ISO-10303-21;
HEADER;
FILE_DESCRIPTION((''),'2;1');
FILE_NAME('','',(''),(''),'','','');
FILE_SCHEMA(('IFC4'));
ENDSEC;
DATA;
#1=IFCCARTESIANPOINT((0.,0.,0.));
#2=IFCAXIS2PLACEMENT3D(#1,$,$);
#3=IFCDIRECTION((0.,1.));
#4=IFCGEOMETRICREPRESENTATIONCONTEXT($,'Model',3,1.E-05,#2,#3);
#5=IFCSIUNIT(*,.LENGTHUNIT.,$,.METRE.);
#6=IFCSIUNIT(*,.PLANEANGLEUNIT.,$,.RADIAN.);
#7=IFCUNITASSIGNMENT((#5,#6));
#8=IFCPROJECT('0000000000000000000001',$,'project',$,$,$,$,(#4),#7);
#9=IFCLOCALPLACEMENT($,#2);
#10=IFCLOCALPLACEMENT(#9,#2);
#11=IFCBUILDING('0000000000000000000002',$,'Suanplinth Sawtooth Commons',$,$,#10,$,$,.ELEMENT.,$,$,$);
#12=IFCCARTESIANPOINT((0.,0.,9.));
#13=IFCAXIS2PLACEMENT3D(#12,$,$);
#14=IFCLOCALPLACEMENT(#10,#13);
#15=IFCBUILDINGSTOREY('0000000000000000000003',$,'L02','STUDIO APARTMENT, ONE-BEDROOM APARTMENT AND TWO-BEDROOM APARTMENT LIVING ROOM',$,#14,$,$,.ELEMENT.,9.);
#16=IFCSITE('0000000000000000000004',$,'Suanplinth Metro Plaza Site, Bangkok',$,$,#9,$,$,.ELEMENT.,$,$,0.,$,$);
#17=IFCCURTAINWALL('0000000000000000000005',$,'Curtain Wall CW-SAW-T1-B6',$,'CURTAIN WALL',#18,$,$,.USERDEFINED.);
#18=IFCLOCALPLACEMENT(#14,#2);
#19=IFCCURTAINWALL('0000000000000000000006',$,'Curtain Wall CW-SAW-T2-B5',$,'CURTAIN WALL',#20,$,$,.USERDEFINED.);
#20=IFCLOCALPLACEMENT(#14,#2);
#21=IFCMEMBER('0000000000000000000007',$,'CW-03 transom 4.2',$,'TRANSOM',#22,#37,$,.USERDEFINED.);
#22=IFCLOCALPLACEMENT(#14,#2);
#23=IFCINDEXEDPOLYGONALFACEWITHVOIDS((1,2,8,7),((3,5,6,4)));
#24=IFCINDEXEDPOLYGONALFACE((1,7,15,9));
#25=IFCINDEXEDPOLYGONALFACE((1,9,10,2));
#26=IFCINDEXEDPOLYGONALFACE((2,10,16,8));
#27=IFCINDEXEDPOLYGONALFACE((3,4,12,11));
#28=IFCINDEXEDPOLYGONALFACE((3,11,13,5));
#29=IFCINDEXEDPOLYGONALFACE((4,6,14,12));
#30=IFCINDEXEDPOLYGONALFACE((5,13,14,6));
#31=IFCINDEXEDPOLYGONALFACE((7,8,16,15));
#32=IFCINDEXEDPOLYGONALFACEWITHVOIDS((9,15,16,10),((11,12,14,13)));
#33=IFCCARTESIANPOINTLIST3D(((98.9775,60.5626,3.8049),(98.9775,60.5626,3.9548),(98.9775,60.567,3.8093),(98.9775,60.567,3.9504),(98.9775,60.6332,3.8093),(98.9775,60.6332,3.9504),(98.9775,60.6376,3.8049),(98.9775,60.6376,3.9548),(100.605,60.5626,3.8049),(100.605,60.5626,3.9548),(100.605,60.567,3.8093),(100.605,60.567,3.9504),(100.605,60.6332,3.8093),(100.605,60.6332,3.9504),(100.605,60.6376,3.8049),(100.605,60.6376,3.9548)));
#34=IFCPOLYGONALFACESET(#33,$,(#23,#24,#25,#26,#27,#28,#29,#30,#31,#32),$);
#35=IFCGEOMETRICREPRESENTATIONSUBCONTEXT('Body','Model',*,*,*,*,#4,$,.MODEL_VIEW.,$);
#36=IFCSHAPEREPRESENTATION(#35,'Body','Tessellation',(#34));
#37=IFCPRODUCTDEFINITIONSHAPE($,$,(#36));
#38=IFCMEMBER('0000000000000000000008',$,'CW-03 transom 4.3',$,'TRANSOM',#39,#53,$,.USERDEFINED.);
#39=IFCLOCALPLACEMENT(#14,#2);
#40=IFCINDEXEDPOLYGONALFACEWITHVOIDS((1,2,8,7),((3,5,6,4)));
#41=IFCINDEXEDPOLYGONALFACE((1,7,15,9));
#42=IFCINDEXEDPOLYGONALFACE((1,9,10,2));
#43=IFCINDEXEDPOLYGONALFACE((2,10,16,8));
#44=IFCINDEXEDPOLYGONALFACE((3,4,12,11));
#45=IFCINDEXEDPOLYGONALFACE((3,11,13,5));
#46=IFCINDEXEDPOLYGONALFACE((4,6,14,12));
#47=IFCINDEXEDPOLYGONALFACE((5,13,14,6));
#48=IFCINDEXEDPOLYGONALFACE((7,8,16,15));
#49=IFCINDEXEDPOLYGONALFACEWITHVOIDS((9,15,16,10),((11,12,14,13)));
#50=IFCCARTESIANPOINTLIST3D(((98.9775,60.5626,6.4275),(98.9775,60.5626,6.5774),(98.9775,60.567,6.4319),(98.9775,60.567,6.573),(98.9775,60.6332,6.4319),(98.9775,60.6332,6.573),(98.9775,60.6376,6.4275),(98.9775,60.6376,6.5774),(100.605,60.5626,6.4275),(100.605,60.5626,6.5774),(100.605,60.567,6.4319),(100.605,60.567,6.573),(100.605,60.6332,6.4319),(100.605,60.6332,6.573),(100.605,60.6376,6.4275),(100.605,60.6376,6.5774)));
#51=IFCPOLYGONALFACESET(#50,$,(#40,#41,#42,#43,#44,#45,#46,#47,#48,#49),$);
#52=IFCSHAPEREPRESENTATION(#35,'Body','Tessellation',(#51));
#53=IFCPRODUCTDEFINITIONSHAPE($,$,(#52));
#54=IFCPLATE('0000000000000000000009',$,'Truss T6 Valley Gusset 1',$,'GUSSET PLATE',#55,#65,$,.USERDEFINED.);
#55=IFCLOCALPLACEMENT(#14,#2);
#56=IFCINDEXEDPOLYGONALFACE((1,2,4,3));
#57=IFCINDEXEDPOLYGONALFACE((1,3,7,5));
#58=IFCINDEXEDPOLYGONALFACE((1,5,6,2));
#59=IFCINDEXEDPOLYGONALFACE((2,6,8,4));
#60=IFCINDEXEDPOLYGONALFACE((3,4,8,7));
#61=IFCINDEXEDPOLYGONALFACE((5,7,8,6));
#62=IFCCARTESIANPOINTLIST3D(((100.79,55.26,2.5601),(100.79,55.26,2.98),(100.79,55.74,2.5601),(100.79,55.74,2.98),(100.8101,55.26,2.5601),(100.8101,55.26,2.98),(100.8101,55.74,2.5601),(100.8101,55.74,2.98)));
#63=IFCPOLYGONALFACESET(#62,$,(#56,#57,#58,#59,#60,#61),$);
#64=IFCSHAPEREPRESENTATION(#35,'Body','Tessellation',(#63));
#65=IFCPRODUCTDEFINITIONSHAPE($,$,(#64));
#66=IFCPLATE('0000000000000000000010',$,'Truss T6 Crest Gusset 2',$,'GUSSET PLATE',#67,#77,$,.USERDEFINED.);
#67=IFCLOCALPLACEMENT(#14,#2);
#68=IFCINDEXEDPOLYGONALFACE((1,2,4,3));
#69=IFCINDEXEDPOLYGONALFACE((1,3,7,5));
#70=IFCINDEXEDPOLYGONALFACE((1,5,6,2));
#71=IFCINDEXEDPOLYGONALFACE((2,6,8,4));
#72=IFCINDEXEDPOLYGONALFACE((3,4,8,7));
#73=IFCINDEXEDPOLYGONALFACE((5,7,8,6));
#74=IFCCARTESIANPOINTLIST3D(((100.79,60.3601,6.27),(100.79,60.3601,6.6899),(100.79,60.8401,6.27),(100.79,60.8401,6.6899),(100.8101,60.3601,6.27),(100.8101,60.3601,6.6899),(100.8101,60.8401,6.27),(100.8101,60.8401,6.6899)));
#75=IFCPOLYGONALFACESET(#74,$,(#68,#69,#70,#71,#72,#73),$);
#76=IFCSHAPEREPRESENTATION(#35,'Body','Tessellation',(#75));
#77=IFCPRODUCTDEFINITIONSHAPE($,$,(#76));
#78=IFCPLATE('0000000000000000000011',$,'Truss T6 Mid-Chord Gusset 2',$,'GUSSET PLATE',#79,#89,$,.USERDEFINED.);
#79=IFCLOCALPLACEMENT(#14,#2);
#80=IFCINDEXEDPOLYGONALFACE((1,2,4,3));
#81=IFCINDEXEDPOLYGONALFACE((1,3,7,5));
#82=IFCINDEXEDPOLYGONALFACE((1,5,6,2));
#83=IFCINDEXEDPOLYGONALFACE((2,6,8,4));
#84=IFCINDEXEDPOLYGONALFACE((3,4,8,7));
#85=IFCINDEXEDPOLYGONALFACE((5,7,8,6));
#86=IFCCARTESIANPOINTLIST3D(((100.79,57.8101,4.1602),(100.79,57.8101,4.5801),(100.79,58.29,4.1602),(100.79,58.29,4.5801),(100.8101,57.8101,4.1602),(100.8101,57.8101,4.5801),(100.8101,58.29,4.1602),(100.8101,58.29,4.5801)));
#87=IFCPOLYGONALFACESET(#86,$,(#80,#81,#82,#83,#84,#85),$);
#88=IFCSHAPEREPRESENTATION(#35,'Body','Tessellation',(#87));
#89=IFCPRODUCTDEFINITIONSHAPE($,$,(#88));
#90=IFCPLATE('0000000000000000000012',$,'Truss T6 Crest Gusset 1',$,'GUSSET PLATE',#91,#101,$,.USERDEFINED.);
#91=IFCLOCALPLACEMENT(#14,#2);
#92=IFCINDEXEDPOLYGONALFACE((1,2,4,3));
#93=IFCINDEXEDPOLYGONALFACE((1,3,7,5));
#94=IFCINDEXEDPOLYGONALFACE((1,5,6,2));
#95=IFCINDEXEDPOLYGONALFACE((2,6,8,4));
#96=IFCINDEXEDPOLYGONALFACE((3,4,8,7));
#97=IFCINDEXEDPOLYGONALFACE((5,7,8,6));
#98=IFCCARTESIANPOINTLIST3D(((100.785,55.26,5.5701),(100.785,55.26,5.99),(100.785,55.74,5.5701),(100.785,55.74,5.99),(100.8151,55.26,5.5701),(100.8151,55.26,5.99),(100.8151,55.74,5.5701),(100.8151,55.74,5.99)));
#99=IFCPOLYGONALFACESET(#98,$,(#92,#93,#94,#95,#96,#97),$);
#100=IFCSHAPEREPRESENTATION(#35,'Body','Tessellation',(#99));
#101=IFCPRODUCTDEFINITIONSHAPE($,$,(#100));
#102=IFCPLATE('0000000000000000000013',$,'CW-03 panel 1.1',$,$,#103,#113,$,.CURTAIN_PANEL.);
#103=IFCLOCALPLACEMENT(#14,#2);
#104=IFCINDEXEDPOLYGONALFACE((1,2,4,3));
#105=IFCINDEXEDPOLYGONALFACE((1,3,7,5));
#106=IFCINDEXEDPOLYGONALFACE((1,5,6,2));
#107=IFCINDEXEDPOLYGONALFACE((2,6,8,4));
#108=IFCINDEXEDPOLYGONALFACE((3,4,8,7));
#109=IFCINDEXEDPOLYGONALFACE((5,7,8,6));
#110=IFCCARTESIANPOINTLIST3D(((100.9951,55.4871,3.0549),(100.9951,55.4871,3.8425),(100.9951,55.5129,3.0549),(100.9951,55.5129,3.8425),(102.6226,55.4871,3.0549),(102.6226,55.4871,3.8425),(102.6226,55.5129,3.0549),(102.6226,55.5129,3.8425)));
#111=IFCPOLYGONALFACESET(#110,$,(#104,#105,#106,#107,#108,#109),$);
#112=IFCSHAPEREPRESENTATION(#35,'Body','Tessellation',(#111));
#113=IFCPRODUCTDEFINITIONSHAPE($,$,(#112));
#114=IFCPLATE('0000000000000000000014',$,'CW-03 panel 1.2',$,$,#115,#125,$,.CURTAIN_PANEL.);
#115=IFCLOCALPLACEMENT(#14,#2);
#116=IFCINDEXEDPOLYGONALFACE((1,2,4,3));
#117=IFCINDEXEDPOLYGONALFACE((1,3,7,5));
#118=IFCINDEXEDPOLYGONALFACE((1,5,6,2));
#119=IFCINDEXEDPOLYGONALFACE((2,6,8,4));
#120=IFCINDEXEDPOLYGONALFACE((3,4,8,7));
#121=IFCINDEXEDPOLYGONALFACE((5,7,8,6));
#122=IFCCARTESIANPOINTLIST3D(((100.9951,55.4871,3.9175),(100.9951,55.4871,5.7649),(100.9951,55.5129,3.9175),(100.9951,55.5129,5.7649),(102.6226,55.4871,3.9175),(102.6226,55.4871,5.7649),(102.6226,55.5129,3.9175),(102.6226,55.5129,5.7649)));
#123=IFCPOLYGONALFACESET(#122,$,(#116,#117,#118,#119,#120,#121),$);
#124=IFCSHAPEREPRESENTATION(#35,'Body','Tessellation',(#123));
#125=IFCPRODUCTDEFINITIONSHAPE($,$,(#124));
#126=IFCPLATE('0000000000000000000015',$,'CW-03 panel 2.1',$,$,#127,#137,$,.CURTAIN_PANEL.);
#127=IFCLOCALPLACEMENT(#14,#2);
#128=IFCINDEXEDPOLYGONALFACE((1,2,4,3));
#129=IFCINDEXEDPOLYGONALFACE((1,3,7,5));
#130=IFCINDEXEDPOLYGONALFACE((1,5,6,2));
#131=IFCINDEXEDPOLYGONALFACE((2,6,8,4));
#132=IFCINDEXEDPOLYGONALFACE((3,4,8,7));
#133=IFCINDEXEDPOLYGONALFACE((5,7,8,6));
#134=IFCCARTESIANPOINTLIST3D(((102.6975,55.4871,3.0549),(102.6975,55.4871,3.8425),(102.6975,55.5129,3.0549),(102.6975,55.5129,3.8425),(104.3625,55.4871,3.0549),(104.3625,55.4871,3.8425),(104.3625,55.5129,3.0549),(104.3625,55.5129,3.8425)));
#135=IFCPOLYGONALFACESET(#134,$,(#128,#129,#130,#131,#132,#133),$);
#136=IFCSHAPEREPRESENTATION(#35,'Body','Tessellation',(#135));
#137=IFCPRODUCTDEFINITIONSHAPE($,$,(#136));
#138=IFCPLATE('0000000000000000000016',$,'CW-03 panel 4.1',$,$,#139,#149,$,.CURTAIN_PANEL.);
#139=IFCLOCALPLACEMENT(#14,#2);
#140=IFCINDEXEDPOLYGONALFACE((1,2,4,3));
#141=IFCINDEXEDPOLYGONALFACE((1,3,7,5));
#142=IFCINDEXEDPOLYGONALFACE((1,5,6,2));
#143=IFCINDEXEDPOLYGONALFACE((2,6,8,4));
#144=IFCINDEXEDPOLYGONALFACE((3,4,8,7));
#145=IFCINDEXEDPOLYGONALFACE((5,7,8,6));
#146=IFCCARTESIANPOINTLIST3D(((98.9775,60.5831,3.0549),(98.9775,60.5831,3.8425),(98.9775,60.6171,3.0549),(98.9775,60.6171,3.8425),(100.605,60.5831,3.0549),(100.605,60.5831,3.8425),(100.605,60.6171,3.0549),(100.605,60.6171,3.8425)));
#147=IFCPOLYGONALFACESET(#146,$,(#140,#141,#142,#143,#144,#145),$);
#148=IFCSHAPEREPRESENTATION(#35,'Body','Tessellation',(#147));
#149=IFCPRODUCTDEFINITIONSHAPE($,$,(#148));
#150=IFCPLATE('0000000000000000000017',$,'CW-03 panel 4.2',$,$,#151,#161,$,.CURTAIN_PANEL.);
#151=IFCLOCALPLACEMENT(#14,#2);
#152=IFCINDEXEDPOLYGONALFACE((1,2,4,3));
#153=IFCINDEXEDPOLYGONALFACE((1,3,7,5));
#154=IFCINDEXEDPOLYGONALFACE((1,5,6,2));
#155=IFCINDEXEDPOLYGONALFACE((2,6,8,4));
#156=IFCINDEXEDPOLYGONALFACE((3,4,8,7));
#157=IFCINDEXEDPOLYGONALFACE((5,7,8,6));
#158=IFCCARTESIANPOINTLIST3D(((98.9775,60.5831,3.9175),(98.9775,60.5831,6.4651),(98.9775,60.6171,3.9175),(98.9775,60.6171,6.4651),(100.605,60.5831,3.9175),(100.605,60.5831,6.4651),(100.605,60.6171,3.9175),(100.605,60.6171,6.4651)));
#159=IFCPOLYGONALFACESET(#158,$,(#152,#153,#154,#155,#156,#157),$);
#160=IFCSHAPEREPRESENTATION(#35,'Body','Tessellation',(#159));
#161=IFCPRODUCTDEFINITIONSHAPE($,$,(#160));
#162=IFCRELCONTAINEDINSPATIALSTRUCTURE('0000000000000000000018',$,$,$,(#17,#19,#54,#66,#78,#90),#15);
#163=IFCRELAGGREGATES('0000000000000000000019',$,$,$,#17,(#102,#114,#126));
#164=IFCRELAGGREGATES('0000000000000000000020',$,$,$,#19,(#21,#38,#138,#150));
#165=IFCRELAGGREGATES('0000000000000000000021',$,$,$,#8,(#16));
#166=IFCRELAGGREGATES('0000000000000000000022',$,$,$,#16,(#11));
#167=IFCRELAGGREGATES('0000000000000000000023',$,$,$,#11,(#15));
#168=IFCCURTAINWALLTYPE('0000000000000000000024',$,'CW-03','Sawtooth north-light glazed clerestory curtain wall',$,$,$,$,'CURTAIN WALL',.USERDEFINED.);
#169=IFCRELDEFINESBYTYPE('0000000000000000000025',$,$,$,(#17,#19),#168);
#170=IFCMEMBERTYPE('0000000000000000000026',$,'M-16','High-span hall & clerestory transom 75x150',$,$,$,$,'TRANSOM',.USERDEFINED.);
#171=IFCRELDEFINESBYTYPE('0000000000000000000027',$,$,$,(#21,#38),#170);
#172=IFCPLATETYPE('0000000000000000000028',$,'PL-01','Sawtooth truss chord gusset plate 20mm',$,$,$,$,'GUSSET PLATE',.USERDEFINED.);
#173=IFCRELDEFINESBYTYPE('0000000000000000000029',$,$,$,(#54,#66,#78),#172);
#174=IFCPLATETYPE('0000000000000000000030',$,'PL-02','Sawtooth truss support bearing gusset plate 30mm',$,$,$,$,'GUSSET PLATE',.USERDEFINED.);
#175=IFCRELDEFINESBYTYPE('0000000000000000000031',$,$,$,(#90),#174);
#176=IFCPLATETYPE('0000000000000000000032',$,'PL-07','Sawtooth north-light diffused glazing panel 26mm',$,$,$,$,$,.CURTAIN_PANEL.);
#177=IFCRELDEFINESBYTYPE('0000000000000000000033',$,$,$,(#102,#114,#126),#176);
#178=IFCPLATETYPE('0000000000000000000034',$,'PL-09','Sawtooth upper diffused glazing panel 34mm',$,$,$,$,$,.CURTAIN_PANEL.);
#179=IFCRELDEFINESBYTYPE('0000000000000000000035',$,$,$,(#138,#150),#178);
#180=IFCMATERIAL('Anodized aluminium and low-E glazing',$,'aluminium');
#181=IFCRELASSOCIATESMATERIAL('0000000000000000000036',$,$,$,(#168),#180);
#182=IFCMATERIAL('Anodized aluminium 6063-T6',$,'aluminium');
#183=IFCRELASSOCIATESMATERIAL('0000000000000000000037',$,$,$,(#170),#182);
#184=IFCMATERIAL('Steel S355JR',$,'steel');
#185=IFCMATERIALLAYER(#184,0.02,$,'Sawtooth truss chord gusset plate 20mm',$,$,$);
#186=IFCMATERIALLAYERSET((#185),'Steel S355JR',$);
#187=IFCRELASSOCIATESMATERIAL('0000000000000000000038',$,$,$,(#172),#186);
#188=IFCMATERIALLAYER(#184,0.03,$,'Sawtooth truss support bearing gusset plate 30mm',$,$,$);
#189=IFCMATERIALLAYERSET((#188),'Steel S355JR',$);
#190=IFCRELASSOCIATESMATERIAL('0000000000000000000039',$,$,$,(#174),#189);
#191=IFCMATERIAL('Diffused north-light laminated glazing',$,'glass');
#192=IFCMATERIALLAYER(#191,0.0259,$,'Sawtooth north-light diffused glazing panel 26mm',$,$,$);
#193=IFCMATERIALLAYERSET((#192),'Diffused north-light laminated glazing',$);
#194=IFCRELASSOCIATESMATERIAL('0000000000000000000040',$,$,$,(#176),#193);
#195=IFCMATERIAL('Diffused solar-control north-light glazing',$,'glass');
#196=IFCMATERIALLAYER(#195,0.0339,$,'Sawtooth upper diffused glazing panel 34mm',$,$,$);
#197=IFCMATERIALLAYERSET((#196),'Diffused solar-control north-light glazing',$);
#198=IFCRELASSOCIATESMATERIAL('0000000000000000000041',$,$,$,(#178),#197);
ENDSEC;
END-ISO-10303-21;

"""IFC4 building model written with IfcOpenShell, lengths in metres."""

from ifc_helpers import new_model, si_unit, direction, frame, origin, origin_2d, place, context, subcontext, project, spatial, rectangle, hollow_rectangle, extrude, material, layer, layer_set, material_profile, profile_set, type_object, element, aggregate, save


model = new_model("IFC4")

# Units and contexts
model_context = context("Model", 3, precision=1e-05, world=origin(), true_north=direction((0.0, 1.0)))
body_context = subcontext(model_context, "Body", "Model", "MODEL_VIEW")
ifc_project = project(units=[si_unit("LENGTHUNIT", "METRE"), si_unit("PLANEANGLEUNIT", "RADIAN")], contexts=[model_context])

# Site, building, storey
site_placement = place(None, origin())
site = spatial("IfcSite", under=ifc_project, at=site_placement, Name="Suanplinth Metro Plaza Site, Bangkok", CompositionType="ELEMENT", RefElevation=0.0)
building_placement = place(site_placement, origin())
building = spatial("IfcBuilding", under=site, at=building_placement, Name="Suanplinth Sawtooth Commons", CompositionType="ELEMENT")
storey_placement = place(building_placement, frame((0.0, 0.0, 9.0)))
storey = spatial("IfcBuildingStorey", under=building, at=storey_placement, Name="L02", Description="STUDIO APARTMENT, ONE-BEDROOM APARTMENT AND TWO-BEDROOM APARTMENT LIVING ROOM", CompositionType="ELEMENT", Elevation=9.0)

# Shared definitions
ifc_material_1 = material(Name="Steel S355JR", Category="steel")

# Shared definitions
ifc_material_2 = material(Name="Anodized aluminium and low-E glazing", Category="aluminium")
curtain_wall_type = type_object("IfcCurtainWallType", Name="CW-03", Description="Sawtooth north-light glazed clerestory curtain wall", ElementType="CURTAIN WALL", PredefinedType="USERDEFINED", material=ifc_material_2)
ifc_material_3 = material(Name="Anodized aluminium 6063-T6", Category="aluminium")

# Curtain wall
curtain_wall_1_placement = place(storey_placement, origin())
curtain_wall_1 = element("IfcCurtainWall", 1, at=curtain_wall_1_placement, inside=storey, type_object=curtain_wall_type, Name="Curtain Wall CW-SAW-T1-B6", ObjectType="CURTAIN WALL", PredefinedType="USERDEFINED")

# Curtain wall
curtain_wall_2_placement = place(storey_placement, origin())
curtain_wall_2 = element("IfcCurtainWall", 2, at=curtain_wall_2_placement, inside=storey, type_object=curtain_wall_type, Name="Curtain Wall CW-SAW-T2-B5", ObjectType="CURTAIN WALL", PredefinedType="USERDEFINED")

# Members
ifc_material_profile_1 = material_profile(ifc_material_3, hollow_rectangle(XDim=0.075, YDim=0.1499, WallThickness=0.0044, at=origin_2d()), Name="ALU-TRN 75x150")
ifc_profile_set_1 = profile_set([ifc_material_profile_1], Name="Anodized aluminium 6063-T6")
member_type_1 = type_object("IfcMemberType", Name="M-16", Description="High-span hall & clerestory transom 75x150", ElementType="TRANSOM", PredefinedType="USERDEFINED", material=ifc_profile_set_1)
member_1_placement = place(storey_placement, frame((98.9775, 60.6001, 3.8799), z_axis=(1.0, 0.0, 0.0), x_axis=(0.0, 1.0, 0.0)))
member_1 = element("IfcMember", 3, at=member_1_placement, type_object=member_type_1, Name="CW-03 transom 4.2", ObjectType="TRANSOM", PredefinedType="USERDEFINED", context=body_context, shape_type="SweptSolid", body=[
    extrude(hollow_rectangle(XDim=0.075, YDim=0.1499, WallThickness=0.0044, at=origin_2d()), origin(), (0.0, 0.0, 1.0), 1.6274),
])
member_2_placement = place(storey_placement, frame((98.9775, 60.6001, 6.5024), z_axis=(1.0, 0.0, 0.0), x_axis=(0.0, 1.0, 0.0)))
member_2 = element("IfcMember", 4, at=member_2_placement, type_object=member_type_1, Name="CW-03 transom 4.3", ObjectType="TRANSOM", PredefinedType="USERDEFINED", context=body_context, shape_type="SweptSolid", body=[
    extrude(hollow_rectangle(XDim=0.075, YDim=0.1499, WallThickness=0.0044, at=origin_2d()), origin(), (0.0, 0.0, 1.0), 1.6274),
])

# Plates
ifc_layer_1 = layer(ifc_material_1, 0.02, Name="Sawtooth truss chord gusset plate 20mm")
ifc_layer_set_1 = layer_set([ifc_layer_1], Name="Steel S355JR")
plate_type_1 = type_object("IfcPlateType", Name="PL-01", Description="Sawtooth truss chord gusset plate 20mm", ElementType="GUSSET PLATE", PredefinedType="USERDEFINED", material=ifc_layer_set_1)
for number, where, z_axis, x_axis, name in (
    (5, (100.8, 55.5, 2.5601), (0.0, 0.0, 1.0), (1.0, 0.0, 0.0), "Truss T6 Valley Gusset 1"),
    (6, (100.8, 60.6001, 6.27), (0.0, 0.0, 1.0), (1.0, 0.0, 0.0), "Truss T6 Crest Gusset 2"),
    (7, (100.8, 58.05, 4.1602), (0.0, 0.0, 1.0), (1.0, 0.0, 0.0), "Truss T6 Mid-Chord Gusset 2"),
):
    element("IfcPlate", number, at=place(storey_placement, frame(where, z_axis=z_axis, x_axis=x_axis)), inside=storey, type_object=plate_type_1, Name=name, ObjectType="GUSSET PLATE", PredefinedType="USERDEFINED", context=body_context, shape_type="SweptSolid", body=[
        extrude(rectangle(XDim=0.02, YDim=0.48, at=origin_2d()), origin(), (0.0, 0.0, 1.0), 0.4199),
    ])
ifc_layer_2 = layer(ifc_material_1, 0.03, Name="Sawtooth truss support bearing gusset plate 30mm")
ifc_layer_set_2 = layer_set([ifc_layer_2], Name="Steel S355JR")
plate_type_2 = type_object("IfcPlateType", Name="PL-02", Description="Sawtooth truss support bearing gusset plate 30mm", ElementType="GUSSET PLATE", PredefinedType="USERDEFINED", material=ifc_layer_set_2)
plate_1_placement = place(storey_placement, frame((100.8, 55.5, 5.5701), z_axis=(0.0, 0.0, 1.0), x_axis=(1.0, 0.0, 0.0)))
element("IfcPlate", 8, at=plate_1_placement, inside=storey, type_object=plate_type_2, Name="Truss T6 Crest Gusset 1", ObjectType="GUSSET PLATE", PredefinedType="USERDEFINED", context=body_context, shape_type="SweptSolid", body=[
    extrude(rectangle(XDim=0.03, YDim=0.48, at=origin_2d()), origin(), (0.0, 0.0, 1.0), 0.4199),
])

# Plates
ifc_material_4 = material(Name="Diffused north-light laminated glazing", Category="glass")
ifc_layer_3 = layer(ifc_material_4, 0.0259, Name="Sawtooth north-light diffused glazing panel 26mm")
ifc_layer_set_3 = layer_set([ifc_layer_3], Name="Diffused north-light laminated glazing")
plate_type_3 = type_object("IfcPlateType", Name="PL-07", Description="Sawtooth north-light diffused glazing panel 26mm", PredefinedType="CURTAIN_PANEL", material=ifc_layer_set_3)
plate_2_placement = place(storey_placement, frame((101.8088, 55.5, 3.0549), z_axis=(0.0, 0.0, 1.0), x_axis=(1.0, 0.0, 0.0)))
plate_2 = element("IfcPlate", 9, at=plate_2_placement, type_object=plate_type_3, Name="CW-03 panel 1.1", PredefinedType="CURTAIN_PANEL", context=body_context, shape_type="SweptSolid", body=[
    extrude(rectangle(XDim=1.6274, YDim=0.0259, at=origin_2d()), origin(), (0.0, 0.0, 1.0), 0.7876),
])
plate_3_placement = place(storey_placement, frame((101.8088, 55.5, 3.9175), z_axis=(0.0, 0.0, 1.0), x_axis=(1.0, 0.0, 0.0)))
plate_3 = element("IfcPlate", 10, at=plate_3_placement, type_object=plate_type_3, Name="CW-03 panel 1.2", PredefinedType="CURTAIN_PANEL", context=body_context, shape_type="SweptSolid", body=[
    extrude(rectangle(XDim=1.6274, YDim=0.0259, at=origin_2d()), origin(), (0.0, 0.0, 1.0), 1.8474),
])
plate_4_placement = place(storey_placement, frame((103.53, 55.5, 3.0549), z_axis=(0.0, 0.0, 1.0), x_axis=(1.0, 0.0, 0.0)))
plate_4 = element("IfcPlate", 11, at=plate_4_placement, type_object=plate_type_3, Name="CW-03 panel 2.1", PredefinedType="CURTAIN_PANEL", context=body_context, shape_type="SweptSolid", body=[
    extrude(rectangle(XDim=1.665, YDim=0.0259, at=origin_2d()), origin(), (0.0, 0.0, 1.0), 0.7876),
])
aggregate(curtain_wall_1, [plate_2, plate_3, plate_4])
ifc_material_5 = material(Name="Diffused solar-control north-light glazing", Category="glass")
ifc_layer_4 = layer(ifc_material_5, 0.0339, Name="Sawtooth upper diffused glazing panel 34mm")
ifc_layer_set_4 = layer_set([ifc_layer_4], Name="Diffused solar-control north-light glazing")
plate_type_4 = type_object("IfcPlateType", Name="PL-09", Description="Sawtooth upper diffused glazing panel 34mm", PredefinedType="CURTAIN_PANEL", material=ifc_layer_set_4)
plate_5_placement = place(storey_placement, frame((99.7913, 60.6001, 3.0549), z_axis=(0.0, 0.0, 1.0), x_axis=(1.0, 0.0, 0.0)))
plate_5 = element("IfcPlate", 12, at=plate_5_placement, type_object=plate_type_4, Name="CW-03 panel 4.1", PredefinedType="CURTAIN_PANEL", context=body_context, shape_type="SweptSolid", body=[
    extrude(rectangle(XDim=1.6274, YDim=0.0339, at=origin_2d()), origin(), (0.0, 0.0, 1.0), 0.7876),
])
plate_6_placement = place(storey_placement, frame((99.7913, 60.6001, 3.9175), z_axis=(0.0, 0.0, 1.0), x_axis=(1.0, 0.0, 0.0)))
plate_6 = element("IfcPlate", 13, at=plate_6_placement, type_object=plate_type_4, Name="CW-03 panel 4.2", PredefinedType="CURTAIN_PANEL", context=body_context, shape_type="SweptSolid", body=[
    extrude(rectangle(XDim=1.6274, YDim=0.0339, at=origin_2d()), origin(), (0.0, 0.0, 1.0), 2.5476),
])
aggregate(curtain_wall_2, [member_1, member_2, plate_5, plate_6])

save(model, "model.ifc")
